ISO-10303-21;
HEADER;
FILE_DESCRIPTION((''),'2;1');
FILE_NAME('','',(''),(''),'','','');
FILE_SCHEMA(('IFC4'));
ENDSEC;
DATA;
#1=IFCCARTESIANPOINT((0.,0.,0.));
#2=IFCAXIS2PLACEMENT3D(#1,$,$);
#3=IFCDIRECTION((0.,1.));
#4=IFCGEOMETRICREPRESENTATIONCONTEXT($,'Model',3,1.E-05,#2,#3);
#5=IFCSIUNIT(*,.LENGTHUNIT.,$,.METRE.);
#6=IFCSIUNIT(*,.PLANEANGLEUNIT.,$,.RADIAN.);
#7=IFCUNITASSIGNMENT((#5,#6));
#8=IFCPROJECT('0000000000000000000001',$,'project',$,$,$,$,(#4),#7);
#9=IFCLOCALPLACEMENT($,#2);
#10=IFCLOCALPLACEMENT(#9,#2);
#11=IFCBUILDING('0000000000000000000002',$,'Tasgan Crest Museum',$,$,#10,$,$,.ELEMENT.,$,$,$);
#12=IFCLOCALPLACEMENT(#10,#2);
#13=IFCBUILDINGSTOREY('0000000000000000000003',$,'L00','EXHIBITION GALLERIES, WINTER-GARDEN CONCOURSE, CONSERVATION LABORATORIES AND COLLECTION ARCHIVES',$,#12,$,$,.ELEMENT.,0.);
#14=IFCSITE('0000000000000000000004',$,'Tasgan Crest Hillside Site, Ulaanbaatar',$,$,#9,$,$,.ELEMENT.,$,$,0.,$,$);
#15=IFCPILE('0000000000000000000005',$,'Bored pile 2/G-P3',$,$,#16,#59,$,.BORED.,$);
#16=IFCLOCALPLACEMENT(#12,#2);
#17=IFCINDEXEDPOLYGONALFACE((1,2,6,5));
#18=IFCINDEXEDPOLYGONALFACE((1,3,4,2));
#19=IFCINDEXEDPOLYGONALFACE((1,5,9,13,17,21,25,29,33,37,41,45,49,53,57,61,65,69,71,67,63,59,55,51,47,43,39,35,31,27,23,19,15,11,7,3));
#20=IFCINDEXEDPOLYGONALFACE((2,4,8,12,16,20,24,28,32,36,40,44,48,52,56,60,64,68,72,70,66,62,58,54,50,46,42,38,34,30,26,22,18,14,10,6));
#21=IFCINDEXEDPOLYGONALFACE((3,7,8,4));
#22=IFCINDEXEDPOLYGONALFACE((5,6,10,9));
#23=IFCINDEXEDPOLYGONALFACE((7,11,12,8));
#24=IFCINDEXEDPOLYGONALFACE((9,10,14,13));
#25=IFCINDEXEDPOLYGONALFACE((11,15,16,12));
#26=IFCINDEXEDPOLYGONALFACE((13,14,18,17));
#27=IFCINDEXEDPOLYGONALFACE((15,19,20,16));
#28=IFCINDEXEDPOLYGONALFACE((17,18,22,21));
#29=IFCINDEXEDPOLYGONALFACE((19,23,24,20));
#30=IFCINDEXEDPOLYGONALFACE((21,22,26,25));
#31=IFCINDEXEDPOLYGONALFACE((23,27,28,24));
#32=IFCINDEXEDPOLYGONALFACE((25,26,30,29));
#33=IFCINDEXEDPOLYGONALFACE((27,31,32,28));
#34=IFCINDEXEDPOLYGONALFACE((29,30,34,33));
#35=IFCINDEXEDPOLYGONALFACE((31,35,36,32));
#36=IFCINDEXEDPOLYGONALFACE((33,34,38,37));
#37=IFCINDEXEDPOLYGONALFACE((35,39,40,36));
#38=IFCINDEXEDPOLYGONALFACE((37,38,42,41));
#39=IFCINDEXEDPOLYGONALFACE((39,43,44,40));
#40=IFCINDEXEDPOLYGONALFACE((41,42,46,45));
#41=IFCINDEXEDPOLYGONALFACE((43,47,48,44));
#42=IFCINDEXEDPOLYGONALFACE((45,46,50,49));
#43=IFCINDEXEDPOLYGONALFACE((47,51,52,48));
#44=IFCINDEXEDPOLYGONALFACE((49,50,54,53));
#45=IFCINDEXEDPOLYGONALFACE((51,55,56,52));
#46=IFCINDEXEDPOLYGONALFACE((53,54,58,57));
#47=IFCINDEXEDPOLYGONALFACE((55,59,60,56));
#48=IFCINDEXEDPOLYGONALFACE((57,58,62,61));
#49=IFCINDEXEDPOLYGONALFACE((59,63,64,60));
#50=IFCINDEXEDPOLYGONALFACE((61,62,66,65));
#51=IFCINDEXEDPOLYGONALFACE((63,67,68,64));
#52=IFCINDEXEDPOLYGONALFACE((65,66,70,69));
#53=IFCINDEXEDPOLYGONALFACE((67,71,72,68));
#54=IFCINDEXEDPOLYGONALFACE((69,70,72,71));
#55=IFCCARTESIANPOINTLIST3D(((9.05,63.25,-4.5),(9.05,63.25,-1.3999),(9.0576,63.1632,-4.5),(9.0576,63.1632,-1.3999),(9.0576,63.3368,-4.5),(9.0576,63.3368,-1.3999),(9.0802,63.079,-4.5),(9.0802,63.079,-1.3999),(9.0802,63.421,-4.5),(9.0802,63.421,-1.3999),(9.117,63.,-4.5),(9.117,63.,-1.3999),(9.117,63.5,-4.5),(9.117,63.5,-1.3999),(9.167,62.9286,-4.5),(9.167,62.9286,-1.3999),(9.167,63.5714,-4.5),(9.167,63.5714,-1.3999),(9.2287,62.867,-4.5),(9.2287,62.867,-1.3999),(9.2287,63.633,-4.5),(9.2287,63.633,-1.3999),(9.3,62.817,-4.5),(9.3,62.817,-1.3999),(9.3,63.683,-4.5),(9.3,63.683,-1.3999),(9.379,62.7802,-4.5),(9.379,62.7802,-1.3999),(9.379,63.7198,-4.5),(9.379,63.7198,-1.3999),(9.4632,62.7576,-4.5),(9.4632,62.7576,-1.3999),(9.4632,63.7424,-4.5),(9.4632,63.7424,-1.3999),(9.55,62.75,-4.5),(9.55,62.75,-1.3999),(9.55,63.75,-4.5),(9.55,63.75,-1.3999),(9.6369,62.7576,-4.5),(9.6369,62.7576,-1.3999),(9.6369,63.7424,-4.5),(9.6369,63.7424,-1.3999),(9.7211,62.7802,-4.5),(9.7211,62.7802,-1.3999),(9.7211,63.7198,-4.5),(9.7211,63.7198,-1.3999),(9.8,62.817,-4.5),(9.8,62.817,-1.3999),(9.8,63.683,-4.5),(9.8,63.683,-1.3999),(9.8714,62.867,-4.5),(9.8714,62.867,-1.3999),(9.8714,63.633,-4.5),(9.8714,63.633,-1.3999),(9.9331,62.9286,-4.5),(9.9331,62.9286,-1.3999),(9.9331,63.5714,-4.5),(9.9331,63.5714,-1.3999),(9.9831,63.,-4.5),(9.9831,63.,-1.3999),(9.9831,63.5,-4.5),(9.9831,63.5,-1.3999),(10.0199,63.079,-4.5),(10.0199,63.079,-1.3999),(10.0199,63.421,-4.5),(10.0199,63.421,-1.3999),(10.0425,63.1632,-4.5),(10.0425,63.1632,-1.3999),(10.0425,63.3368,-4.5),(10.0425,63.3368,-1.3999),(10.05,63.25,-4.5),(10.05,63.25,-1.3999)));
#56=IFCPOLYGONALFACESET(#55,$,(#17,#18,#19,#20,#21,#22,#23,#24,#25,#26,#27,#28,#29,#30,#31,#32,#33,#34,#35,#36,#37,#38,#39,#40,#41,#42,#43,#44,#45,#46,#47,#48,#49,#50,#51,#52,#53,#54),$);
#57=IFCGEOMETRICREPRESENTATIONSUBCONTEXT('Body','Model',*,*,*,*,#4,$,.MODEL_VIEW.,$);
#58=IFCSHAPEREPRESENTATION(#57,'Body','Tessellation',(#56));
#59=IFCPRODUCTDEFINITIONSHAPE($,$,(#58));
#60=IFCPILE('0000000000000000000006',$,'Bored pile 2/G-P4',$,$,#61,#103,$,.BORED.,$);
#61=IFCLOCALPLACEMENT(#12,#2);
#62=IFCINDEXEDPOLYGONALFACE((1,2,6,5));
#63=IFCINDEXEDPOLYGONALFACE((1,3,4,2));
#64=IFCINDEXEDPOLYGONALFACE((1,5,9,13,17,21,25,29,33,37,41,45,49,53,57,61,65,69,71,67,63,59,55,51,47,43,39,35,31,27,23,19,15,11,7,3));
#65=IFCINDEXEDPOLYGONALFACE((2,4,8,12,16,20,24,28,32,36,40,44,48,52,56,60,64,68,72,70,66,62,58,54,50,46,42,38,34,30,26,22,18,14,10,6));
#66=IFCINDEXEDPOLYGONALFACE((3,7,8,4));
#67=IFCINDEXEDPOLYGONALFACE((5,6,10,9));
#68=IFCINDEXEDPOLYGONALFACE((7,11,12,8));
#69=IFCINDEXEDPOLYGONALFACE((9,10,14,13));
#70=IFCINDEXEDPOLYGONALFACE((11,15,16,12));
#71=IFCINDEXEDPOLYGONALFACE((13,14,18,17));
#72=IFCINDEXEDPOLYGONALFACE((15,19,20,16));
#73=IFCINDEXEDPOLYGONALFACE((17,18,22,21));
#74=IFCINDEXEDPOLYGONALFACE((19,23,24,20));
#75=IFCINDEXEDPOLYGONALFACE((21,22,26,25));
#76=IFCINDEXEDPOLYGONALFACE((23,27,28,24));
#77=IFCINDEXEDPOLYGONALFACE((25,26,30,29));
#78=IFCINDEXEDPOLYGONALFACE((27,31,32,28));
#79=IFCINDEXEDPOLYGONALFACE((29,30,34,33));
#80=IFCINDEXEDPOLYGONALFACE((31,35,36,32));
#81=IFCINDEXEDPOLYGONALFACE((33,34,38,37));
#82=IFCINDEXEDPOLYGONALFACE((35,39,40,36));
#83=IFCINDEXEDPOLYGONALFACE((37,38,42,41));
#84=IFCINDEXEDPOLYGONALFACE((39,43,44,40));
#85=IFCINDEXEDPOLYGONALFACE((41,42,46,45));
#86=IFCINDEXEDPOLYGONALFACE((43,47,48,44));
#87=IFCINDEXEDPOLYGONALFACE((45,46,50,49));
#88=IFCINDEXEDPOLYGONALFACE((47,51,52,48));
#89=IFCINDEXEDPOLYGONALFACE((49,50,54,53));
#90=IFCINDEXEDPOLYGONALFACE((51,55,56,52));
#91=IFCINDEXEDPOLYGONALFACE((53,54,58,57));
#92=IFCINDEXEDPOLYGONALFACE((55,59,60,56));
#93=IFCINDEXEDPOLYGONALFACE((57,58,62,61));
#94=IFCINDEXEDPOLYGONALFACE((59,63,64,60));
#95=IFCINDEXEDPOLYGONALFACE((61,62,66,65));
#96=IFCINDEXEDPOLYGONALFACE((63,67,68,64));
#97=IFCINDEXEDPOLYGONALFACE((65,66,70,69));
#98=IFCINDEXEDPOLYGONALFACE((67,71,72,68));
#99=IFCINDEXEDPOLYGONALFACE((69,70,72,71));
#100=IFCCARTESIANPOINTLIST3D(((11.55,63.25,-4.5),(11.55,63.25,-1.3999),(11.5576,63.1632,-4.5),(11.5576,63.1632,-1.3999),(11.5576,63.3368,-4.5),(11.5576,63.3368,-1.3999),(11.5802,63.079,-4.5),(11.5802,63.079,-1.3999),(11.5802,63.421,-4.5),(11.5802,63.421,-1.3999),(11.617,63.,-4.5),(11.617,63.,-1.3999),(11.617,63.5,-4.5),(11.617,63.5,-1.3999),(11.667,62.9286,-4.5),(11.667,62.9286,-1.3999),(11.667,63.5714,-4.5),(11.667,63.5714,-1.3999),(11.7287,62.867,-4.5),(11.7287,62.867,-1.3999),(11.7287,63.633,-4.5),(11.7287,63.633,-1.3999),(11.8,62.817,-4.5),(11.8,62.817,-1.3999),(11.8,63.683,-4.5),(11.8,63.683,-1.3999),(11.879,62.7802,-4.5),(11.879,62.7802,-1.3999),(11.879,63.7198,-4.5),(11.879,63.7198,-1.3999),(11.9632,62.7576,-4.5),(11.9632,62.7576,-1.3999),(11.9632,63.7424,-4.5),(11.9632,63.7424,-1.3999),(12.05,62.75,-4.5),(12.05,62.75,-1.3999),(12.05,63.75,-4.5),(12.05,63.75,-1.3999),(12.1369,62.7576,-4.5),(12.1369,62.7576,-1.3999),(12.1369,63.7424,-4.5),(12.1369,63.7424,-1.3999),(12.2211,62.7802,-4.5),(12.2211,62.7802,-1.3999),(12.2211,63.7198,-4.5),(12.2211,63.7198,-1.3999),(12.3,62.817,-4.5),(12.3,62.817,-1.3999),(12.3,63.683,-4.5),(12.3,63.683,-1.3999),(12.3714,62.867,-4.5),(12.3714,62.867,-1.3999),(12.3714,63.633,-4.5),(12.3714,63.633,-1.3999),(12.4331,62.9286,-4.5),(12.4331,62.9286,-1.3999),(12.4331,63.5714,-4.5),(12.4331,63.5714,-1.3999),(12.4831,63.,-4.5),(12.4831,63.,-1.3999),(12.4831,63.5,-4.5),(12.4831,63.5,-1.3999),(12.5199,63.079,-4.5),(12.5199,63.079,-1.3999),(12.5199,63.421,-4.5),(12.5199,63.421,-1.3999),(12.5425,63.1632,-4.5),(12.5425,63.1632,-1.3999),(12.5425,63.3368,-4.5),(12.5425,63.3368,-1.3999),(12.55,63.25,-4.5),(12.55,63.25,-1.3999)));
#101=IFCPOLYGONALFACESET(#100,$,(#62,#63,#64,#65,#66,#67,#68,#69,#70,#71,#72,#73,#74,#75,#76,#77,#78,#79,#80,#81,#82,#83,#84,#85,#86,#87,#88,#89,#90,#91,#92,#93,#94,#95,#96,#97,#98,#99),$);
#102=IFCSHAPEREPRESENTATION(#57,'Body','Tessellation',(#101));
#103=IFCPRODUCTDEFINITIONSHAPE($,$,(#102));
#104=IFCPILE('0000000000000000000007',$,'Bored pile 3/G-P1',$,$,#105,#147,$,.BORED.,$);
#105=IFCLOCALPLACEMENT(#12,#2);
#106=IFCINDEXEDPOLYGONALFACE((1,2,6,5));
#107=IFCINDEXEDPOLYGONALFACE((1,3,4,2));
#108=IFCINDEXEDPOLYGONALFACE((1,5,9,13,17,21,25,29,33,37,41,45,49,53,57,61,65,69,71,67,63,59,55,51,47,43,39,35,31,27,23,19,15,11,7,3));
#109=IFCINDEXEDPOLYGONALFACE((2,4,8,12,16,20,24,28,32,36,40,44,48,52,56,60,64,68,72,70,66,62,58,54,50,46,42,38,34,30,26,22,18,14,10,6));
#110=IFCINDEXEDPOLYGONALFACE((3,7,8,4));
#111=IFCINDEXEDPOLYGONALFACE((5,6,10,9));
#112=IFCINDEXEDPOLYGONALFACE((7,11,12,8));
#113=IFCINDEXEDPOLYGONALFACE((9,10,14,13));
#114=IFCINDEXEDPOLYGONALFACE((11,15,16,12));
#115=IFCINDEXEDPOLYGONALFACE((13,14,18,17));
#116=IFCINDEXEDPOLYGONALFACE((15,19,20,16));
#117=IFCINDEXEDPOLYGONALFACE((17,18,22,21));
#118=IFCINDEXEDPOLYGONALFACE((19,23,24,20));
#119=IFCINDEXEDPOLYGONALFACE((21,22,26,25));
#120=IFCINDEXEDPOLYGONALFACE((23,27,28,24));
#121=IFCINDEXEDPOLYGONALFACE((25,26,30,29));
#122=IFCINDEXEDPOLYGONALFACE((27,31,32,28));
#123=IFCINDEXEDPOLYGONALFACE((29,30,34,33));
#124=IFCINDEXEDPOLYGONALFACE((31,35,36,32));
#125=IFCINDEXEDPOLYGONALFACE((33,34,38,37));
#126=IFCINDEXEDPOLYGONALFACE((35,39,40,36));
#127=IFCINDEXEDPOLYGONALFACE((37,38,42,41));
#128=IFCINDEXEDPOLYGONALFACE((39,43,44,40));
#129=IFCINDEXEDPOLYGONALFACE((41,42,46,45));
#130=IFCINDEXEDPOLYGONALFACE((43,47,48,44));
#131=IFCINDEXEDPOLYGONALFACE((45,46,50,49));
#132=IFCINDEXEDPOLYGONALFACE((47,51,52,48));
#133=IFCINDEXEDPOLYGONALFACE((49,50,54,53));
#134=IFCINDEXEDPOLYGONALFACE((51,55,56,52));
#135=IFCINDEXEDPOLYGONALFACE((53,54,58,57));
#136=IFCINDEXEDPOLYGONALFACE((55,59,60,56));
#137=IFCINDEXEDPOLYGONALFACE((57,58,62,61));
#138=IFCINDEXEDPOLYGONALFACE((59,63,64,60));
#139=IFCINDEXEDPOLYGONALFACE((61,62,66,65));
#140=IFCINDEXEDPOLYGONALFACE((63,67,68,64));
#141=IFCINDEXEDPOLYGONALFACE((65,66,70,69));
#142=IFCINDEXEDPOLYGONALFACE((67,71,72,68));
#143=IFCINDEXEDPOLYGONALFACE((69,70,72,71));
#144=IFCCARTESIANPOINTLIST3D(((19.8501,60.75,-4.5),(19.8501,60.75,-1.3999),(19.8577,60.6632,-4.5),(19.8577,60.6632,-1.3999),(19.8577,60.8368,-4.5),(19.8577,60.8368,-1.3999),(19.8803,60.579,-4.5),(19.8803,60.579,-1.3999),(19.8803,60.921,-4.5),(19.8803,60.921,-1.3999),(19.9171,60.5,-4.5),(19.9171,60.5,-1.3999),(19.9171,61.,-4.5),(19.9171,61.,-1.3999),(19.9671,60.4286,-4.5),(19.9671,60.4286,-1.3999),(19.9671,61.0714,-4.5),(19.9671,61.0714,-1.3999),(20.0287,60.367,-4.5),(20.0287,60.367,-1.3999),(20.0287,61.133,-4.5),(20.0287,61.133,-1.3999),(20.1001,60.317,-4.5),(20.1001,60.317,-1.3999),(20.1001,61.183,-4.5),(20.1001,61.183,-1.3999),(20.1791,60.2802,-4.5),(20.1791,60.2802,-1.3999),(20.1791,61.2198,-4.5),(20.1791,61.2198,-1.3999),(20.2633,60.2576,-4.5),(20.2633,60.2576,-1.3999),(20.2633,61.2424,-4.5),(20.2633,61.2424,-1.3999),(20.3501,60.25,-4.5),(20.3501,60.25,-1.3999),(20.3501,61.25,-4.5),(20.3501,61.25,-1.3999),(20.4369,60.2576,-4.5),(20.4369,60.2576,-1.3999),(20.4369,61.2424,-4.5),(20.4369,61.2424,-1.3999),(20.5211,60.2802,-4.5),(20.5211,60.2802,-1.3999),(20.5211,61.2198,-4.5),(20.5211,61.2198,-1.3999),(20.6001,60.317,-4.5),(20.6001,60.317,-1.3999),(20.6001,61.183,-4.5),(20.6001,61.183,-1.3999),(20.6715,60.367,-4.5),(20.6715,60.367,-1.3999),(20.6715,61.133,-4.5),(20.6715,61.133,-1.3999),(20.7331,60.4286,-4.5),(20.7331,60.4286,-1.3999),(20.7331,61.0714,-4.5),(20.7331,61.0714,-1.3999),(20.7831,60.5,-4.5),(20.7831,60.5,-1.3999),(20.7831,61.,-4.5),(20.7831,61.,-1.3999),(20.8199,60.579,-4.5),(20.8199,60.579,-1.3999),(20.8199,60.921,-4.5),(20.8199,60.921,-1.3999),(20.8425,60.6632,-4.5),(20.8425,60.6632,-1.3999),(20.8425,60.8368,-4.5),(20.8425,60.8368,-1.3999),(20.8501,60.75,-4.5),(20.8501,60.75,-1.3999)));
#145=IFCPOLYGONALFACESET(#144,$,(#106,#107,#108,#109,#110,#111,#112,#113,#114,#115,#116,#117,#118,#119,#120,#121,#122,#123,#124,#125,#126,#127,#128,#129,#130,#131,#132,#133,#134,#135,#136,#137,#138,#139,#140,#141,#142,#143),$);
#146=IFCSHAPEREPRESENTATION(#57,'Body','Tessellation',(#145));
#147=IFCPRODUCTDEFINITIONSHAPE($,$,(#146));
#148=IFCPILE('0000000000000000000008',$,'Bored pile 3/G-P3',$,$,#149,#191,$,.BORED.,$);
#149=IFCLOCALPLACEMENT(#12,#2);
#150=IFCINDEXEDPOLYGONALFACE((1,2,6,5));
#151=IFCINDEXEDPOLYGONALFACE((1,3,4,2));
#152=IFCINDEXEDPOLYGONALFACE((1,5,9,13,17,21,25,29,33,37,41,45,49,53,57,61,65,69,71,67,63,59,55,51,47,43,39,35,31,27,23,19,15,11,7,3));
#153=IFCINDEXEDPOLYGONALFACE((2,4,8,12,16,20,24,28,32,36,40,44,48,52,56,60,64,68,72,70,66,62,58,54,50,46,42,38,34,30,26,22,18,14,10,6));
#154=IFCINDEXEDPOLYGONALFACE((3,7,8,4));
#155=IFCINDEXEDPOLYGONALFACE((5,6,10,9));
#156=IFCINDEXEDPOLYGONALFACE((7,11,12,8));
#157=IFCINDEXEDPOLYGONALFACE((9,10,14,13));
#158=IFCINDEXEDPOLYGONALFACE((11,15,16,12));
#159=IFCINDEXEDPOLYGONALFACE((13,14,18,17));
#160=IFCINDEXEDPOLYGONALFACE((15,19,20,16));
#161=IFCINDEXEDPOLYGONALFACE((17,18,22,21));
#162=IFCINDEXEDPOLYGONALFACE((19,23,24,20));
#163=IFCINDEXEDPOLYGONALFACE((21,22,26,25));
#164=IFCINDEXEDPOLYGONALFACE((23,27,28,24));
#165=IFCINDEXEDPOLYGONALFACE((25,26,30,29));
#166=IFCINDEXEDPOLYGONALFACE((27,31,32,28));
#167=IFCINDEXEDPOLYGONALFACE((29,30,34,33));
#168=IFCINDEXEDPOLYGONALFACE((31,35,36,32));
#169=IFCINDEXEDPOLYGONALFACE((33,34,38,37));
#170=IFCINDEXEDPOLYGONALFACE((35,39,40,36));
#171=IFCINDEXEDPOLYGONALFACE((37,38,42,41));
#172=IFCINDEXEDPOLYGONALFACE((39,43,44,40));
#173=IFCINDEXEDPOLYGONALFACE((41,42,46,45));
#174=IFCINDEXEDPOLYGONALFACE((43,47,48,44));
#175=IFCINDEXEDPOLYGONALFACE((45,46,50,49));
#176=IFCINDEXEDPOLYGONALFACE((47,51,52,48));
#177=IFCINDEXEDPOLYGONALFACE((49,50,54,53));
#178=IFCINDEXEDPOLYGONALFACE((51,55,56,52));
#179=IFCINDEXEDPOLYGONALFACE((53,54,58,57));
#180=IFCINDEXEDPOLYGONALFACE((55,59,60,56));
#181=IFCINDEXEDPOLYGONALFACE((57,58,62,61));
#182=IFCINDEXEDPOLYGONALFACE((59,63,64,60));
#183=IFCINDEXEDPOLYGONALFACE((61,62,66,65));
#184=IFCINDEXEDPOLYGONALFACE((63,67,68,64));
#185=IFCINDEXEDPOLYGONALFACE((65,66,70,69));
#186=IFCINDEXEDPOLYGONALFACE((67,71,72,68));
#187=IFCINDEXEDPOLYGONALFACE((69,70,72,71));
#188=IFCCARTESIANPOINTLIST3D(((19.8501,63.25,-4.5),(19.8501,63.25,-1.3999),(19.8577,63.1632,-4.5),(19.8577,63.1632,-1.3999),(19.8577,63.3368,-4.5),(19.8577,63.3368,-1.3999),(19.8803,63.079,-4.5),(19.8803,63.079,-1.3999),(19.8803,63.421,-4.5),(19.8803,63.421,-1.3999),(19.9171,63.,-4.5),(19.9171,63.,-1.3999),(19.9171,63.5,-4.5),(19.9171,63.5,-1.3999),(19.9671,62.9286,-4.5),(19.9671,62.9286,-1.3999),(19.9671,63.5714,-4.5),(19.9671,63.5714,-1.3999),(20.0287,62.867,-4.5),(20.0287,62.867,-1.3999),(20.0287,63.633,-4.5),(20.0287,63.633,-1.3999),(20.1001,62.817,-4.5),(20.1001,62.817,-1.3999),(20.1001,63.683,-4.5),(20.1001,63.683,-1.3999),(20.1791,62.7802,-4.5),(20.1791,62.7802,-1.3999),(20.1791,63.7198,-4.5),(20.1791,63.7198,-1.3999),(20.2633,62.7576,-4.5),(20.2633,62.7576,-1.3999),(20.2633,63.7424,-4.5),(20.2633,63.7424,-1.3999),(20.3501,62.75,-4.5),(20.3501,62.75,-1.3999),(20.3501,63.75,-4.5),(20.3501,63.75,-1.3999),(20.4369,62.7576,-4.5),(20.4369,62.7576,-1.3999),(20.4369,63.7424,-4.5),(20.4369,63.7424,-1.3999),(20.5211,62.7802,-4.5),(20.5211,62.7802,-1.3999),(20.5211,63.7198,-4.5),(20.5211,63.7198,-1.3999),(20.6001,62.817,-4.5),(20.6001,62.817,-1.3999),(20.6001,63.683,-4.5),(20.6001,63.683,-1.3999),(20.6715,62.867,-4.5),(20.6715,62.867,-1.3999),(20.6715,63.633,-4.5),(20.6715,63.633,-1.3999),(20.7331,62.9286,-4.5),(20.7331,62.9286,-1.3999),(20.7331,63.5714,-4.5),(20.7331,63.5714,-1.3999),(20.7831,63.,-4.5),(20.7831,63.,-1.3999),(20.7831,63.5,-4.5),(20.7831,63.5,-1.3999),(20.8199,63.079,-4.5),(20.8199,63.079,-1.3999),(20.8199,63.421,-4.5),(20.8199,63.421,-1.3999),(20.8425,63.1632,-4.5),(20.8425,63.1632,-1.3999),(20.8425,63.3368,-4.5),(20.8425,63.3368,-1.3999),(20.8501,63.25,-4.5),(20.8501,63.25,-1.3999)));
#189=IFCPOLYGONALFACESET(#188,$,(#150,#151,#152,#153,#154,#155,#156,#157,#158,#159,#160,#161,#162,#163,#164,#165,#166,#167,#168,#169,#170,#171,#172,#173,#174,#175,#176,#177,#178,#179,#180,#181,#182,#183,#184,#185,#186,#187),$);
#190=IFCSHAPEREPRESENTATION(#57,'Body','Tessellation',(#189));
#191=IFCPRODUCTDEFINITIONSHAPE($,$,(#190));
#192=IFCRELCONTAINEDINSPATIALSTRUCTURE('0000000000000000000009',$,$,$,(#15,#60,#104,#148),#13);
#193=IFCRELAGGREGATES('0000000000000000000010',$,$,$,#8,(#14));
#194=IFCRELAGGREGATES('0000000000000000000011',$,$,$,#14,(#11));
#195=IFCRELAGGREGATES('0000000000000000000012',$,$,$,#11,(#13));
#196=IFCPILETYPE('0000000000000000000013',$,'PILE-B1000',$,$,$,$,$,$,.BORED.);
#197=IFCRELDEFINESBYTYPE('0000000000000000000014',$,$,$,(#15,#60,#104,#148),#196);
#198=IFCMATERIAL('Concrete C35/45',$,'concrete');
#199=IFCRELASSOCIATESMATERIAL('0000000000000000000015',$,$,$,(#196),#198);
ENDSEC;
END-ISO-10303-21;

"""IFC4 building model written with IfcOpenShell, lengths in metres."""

from ifc_helpers import new_model, si_unit, direction, frame, origin, origin_2d, place, context, subcontext, project, spatial, circle, extrude, material, material_profile, profile_set, type_object, element, save


model = new_model("IFC4")

# Units and contexts
model_context = context("Model", 3, precision=1e-05, world=origin(), true_north=direction((0.0, 1.0)))
body_context = subcontext(model_context, "Body", "Model", "MODEL_VIEW")
ifc_project = project(units=[si_unit("LENGTHUNIT", "METRE"), si_unit("PLANEANGLEUNIT", "RADIAN")], contexts=[model_context])

# Site, building, storey
site_placement = place(None, origin())
site = spatial("IfcSite", under=ifc_project, at=site_placement, Name="Tasgan Crest Hillside Site, Ulaanbaatar", CompositionType="ELEMENT", RefElevation=0.0)
building_placement = place(site_placement, origin())
building = spatial("IfcBuilding", under=site, at=building_placement, Name="Tasgan Crest Museum", CompositionType="ELEMENT")
storey_placement = place(building_placement, origin())
storey = spatial("IfcBuildingStorey", under=building, at=storey_placement, Name="L00", Description="EXHIBITION GALLERIES, WINTER-GARDEN CONCOURSE, CONSERVATION LABORATORIES AND COLLECTION ARCHIVES", CompositionType="ELEMENT", Elevation=0.0)

# Piles
ifc_material_1 = material(Name="Concrete C35/45", Category="concrete")
ifc_material_profile_1 = material_profile(ifc_material_1, circle(Radius=0.5, at=origin_2d()), Name="PILE D1000")
ifc_profile_set_1 = profile_set([ifc_material_profile_1], Name="Concrete C35/45")
pile_type = type_object("IfcPileType", Name="PILE-B1000", PredefinedType="BORED", material=ifc_profile_set_1)
for number, where, z_axis, x_axis, name in (
    (1, (9.55, 63.25, -1.3999), (0.0, 0.0, -1.0), (1.0, 0.0, 0.0), "Bored pile 2/G-P3"),
    (2, (12.05, 63.25, -1.3999), (0.0, 0.0, -1.0), (1.0, 0.0, 0.0), "Bored pile 2/G-P4"),
    (3, (20.3501, 60.75, -1.3999), (0.0, 0.0, -1.0), (1.0, 0.0, 0.0), "Bored pile 3/G-P1"),
    (4, (20.3501, 63.25, -1.3999), (0.0, 0.0, -1.0), (1.0, 0.0, 0.0), "Bored pile 3/G-P3"),
):
    element("IfcPile", number, at=place(storey_placement, frame(where, z_axis=z_axis, x_axis=x_axis)), inside=storey, type_object=pile_type, Name=name, PredefinedType="BORED", context=body_context, shape_type="SweptSolid", body=[
        extrude(circle(Radius=0.5, at=origin_2d()), origin(), (0.0, 0.0, 1.0), 3.1001),
    ])

save(model, "model.ifc")
